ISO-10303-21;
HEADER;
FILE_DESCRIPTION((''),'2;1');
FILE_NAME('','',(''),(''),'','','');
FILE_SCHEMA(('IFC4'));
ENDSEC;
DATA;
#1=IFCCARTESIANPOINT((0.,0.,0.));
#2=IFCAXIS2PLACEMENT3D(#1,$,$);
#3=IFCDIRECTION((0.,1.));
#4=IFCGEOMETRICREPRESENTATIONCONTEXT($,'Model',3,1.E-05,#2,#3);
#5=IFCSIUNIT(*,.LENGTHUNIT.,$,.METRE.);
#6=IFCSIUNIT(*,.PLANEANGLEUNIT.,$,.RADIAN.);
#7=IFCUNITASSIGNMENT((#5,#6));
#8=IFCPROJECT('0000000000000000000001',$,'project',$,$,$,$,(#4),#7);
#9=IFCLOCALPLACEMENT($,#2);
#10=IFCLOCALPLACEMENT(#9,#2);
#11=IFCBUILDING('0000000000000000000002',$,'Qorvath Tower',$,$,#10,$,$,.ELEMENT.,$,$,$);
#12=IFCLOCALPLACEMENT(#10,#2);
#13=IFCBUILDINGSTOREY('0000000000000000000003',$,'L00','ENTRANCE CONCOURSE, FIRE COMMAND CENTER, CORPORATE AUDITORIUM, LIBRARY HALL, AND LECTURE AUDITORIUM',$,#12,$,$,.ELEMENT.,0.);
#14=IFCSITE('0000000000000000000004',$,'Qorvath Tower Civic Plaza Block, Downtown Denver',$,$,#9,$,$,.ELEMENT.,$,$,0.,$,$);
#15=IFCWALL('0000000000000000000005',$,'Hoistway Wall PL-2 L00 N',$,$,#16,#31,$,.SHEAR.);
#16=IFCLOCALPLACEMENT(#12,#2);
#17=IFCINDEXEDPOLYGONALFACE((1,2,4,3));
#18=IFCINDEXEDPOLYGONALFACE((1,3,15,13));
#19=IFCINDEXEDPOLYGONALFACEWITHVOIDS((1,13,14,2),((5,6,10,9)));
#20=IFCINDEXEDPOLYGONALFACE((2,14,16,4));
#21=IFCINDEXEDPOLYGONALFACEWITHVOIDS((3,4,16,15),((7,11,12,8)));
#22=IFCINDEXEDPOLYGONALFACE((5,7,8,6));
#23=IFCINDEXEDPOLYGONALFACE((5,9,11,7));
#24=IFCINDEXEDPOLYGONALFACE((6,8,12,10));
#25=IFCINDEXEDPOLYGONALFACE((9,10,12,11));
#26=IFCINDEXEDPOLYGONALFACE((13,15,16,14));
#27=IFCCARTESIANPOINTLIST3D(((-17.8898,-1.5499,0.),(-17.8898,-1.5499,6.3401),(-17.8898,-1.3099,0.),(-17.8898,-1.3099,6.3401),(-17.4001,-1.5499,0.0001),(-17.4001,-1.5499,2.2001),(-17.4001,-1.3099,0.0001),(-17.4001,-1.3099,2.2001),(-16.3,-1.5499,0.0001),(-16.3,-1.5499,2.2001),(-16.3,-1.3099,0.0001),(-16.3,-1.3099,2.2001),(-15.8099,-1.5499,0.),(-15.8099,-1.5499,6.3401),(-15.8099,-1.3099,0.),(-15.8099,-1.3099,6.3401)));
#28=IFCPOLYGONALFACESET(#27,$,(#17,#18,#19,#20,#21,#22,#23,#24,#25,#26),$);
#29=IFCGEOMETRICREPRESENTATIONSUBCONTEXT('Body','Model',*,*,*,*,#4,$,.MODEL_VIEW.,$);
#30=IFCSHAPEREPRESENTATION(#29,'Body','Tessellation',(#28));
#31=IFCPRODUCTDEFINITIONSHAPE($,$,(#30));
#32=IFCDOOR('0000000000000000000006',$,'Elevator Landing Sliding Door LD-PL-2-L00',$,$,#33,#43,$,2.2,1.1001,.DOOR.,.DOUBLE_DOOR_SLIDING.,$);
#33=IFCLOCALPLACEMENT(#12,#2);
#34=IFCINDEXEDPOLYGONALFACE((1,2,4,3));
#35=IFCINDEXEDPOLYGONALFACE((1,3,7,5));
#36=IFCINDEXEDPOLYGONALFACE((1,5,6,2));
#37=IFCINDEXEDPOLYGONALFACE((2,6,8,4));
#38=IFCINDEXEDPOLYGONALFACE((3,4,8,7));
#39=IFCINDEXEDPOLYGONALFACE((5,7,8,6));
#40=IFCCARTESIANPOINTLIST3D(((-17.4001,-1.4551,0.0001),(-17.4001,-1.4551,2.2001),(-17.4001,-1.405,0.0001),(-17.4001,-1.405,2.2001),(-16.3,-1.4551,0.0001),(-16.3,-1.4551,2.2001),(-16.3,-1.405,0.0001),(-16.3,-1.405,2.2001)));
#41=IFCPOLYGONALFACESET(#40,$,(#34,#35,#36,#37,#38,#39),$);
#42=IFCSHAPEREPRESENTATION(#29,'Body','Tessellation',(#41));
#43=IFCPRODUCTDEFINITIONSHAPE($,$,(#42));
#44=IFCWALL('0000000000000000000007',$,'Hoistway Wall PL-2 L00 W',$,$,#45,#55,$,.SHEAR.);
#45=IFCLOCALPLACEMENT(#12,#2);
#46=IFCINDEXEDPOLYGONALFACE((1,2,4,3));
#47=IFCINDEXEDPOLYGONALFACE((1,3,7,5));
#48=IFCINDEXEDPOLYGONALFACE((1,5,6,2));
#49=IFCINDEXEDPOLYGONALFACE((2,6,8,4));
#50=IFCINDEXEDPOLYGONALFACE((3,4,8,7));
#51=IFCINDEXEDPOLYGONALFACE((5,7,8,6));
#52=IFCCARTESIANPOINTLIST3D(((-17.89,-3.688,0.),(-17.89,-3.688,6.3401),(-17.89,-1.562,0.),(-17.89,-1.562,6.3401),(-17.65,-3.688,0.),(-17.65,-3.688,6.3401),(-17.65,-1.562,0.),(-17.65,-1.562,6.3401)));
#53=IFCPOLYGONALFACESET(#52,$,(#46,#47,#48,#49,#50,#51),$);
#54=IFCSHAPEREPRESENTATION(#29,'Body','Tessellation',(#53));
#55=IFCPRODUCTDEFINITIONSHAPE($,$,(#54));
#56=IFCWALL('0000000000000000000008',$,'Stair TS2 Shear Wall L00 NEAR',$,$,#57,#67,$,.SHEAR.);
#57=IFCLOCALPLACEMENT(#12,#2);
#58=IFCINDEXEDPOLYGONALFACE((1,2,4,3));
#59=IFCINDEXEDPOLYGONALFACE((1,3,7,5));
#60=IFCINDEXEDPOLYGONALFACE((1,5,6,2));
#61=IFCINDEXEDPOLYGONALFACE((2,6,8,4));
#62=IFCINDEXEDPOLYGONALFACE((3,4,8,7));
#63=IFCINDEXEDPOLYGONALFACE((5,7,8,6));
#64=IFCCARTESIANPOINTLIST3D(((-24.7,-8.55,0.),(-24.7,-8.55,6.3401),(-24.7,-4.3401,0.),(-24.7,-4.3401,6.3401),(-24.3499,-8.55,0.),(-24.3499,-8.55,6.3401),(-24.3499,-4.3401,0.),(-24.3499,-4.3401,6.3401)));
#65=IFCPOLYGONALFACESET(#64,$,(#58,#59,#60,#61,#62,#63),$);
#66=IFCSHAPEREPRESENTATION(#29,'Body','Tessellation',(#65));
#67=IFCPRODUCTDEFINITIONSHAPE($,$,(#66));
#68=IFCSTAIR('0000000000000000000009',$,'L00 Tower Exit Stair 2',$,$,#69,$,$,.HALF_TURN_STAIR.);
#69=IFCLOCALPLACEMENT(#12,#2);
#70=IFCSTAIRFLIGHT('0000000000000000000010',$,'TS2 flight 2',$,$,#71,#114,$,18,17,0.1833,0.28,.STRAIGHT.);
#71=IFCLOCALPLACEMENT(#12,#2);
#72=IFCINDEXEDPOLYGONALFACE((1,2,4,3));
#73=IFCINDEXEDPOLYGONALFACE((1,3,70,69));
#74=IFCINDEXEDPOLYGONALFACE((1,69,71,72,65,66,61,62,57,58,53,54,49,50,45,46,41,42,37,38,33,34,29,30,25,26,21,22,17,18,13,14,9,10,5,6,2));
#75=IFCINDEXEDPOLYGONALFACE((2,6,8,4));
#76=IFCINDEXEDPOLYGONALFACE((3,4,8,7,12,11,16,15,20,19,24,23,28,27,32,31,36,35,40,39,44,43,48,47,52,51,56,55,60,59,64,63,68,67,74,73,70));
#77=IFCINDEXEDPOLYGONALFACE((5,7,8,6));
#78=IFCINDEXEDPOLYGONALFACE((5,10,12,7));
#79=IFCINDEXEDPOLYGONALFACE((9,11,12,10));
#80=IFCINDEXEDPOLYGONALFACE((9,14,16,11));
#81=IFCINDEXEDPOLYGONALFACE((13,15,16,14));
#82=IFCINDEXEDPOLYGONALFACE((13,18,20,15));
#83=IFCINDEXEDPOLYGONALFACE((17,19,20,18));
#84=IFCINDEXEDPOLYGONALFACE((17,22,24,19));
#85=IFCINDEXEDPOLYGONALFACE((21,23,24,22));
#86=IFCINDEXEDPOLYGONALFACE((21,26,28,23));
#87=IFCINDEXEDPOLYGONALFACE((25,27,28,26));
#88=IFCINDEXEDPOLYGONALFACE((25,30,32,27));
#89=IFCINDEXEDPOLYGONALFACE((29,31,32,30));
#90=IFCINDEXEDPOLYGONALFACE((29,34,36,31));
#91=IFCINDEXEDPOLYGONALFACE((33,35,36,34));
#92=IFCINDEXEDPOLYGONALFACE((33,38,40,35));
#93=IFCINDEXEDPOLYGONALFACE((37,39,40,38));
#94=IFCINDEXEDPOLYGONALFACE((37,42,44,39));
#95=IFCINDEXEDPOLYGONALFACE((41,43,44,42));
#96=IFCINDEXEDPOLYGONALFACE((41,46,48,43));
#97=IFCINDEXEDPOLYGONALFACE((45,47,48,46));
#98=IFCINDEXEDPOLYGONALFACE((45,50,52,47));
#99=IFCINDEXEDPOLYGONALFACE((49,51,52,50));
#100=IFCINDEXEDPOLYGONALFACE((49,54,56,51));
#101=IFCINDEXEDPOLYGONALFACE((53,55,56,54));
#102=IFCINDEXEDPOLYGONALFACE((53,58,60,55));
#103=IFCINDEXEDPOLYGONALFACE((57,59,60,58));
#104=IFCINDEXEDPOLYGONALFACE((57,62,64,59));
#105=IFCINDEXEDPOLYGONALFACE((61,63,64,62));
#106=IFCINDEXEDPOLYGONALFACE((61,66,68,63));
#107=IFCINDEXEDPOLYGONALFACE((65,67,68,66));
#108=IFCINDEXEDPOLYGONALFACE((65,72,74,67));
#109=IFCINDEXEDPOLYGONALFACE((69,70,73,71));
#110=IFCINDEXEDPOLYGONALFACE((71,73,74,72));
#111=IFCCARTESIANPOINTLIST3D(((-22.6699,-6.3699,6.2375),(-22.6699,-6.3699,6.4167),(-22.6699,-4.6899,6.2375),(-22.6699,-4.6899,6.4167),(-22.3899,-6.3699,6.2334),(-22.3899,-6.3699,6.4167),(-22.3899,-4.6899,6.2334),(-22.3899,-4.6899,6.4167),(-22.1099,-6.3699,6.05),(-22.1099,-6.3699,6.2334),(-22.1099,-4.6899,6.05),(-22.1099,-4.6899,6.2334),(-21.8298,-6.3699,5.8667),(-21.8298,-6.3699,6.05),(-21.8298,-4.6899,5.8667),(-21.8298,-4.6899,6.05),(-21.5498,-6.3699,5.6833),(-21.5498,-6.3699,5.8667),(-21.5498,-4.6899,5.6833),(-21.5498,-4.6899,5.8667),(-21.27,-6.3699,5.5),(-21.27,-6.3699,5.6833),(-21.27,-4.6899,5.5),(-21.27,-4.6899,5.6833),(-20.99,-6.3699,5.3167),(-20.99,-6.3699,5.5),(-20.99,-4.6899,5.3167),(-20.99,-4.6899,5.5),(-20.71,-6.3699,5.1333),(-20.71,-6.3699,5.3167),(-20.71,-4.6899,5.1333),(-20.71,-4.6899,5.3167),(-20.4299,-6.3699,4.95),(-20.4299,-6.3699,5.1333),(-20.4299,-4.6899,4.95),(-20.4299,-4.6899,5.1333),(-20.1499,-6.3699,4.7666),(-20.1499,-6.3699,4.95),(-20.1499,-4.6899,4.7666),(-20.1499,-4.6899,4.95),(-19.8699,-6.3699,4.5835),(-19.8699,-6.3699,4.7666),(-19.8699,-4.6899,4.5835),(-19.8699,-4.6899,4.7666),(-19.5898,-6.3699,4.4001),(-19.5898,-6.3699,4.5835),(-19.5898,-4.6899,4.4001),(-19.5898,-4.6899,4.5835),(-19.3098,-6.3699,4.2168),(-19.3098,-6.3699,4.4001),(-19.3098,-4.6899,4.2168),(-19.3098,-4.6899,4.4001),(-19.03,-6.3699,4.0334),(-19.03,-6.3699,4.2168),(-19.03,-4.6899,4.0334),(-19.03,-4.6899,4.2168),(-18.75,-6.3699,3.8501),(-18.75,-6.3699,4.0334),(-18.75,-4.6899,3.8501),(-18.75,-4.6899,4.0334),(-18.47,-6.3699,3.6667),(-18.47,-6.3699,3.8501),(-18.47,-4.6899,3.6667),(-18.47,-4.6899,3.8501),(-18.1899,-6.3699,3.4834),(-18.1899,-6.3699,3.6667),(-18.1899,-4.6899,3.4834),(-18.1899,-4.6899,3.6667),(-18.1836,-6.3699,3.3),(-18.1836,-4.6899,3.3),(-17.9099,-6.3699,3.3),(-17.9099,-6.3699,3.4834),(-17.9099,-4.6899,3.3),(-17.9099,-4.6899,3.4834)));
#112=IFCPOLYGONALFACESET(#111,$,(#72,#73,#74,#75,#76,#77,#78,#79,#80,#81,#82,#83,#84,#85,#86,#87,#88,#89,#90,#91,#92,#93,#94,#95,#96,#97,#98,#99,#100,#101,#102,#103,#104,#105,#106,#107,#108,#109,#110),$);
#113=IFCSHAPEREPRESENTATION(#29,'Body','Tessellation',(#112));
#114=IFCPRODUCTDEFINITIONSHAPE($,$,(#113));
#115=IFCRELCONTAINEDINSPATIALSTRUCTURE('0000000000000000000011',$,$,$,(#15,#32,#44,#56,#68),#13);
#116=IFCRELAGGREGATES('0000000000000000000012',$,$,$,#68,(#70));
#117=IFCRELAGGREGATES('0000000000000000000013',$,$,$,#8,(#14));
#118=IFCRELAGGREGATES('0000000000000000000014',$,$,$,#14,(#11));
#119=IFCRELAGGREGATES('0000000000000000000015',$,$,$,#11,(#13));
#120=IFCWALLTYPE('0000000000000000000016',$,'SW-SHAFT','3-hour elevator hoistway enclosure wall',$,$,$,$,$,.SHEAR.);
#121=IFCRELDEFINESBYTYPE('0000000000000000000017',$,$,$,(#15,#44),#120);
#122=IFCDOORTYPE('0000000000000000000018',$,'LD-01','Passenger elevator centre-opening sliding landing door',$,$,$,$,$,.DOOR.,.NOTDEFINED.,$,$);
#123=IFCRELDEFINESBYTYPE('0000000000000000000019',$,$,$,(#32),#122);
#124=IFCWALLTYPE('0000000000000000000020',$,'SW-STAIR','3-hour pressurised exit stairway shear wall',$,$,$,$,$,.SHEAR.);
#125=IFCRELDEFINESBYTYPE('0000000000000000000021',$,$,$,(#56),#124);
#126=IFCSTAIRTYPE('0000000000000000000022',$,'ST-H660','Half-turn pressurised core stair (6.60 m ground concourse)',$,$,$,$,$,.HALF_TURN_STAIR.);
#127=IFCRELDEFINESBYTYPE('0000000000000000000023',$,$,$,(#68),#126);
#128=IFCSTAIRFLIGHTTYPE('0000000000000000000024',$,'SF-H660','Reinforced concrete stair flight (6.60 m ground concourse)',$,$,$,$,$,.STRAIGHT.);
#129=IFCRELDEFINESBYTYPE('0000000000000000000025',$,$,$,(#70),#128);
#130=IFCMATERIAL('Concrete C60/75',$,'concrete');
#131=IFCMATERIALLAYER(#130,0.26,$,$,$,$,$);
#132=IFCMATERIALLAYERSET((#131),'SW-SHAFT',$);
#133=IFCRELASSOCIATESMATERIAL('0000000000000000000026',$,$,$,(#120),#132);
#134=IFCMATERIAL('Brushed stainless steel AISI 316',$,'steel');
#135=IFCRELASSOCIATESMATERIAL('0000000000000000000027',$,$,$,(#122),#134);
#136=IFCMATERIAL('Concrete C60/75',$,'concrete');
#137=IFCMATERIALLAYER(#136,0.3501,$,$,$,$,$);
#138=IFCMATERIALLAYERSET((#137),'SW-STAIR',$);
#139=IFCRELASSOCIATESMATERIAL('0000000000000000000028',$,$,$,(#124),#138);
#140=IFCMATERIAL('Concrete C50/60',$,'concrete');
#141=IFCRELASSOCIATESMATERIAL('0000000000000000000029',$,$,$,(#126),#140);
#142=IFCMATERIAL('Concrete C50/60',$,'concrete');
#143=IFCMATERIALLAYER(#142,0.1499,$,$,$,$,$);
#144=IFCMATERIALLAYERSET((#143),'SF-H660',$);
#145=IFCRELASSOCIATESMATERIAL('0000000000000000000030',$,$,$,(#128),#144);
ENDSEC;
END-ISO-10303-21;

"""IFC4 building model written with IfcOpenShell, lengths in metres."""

from ifc_helpers import new_model, si_unit, direction, frame, frame_2d, origin, place, context, subcontext, project, spatial, polyline, rectangle, outline, extrude, material, layer, layer_set, type_object, element, fill, aggregate, save


model = new_model("IFC4")

# Units and contexts
model_context = context("Model", 3, precision=1e-05, world=origin(), true_north=direction((0.0, 1.0)))
body_context = subcontext(model_context, "Body", "Model", "MODEL_VIEW")
ifc_project = project(units=[si_unit("LENGTHUNIT", "METRE"), si_unit("PLANEANGLEUNIT", "RADIAN")], contexts=[model_context])

# Site, building, storey
site_placement = place(None, origin())
site = spatial("IfcSite", under=ifc_project, at=site_placement, Name="Qorvath Tower Civic Plaza Block, Downtown Denver", CompositionType="ELEMENT", RefElevation=0.0)
building_placement = place(site_placement, origin())
building = spatial("IfcBuilding", under=site, at=building_placement, Name="Qorvath Tower", CompositionType="ELEMENT")
storey_placement = place(building_placement, origin())
storey = spatial("IfcBuildingStorey", under=building, at=storey_placement, Name="L00", Description="ENTRANCE CONCOURSE, FIRE COMMAND CENTER, CORPORATE AUDITORIUM, LIBRARY HALL, AND LECTURE AUDITORIUM", CompositionType="ELEMENT", Elevation=0.0)

# Shared definitions
ifc_material_1 = material(Name="Concrete C60/75", Category="concrete")
ifc_layer_1 = layer(ifc_material_1, 0.26)
ifc_layer_set_1 = layer_set([ifc_layer_1], Name="SW-SHAFT")
wall_type_1 = type_object("IfcWallType", Name="SW-SHAFT", Description="3-hour elevator hoistway enclosure wall", PredefinedType="SHEAR", material=ifc_layer_set_1)
ifc_material_2 = material(Name="Brushed stainless steel AISI 316", Category="steel")
door_type_1 = type_object("IfcDoorType", Name="LD-01", Description="Passenger elevator centre-opening sliding landing door", OperationType="NOTDEFINED", PredefinedType="DOOR", material=ifc_material_2)

# Wall, opening, door
wall_1_placement = place(storey_placement, frame((-17.8899, -1.4299, 0.0), z_axis=(0.0, 0.0, 1.0), x_axis=(1.0, 0.0, 0.0)))
wall_1 = element("IfcWall", 1, at=wall_1_placement, inside=storey, type_object=wall_type_1, Name="Hoistway Wall PL-2 L00 N", PredefinedType="SHEAR", context=body_context, shape_type="SweptSolid", body=[
    extrude(rectangle(XDim=2.0798, YDim=0.24, at=frame_2d((1.04, 0.0))), origin(), (0.0, 0.0, 1.0), 6.3401),
])
opening_1_placement = place(wall_1_placement, frame((0.4897, 0.0, 0.0)))
opening_1 = element("IfcOpeningElement", 2, at=opening_1_placement, cuts=wall_1, PredefinedType="OPENING", context=body_context, shape_type="SweptSolid", body=[
    extrude(rectangle(XDim=1.1001, YDim=2.2, at=frame_2d((0.55, 1.1001))), frame((0.0, 0.1299, 0.0), z_axis=(0.0, -1.0, 0.0), x_axis=(1.0, 0.0, 0.0)), (0.0, 0.0, 1.0), 0.26),
])
door_1_placement = place(opening_1_placement, origin())
door_1 = element("IfcDoor", 3, at=door_1_placement, inside=storey, type_object=door_type_1, Name="Elevator Landing Sliding Door LD-PL-2-L00", OperationType="DOUBLE_DOOR_SLIDING", OverallHeight=2.2, OverallWidth=1.1001, PredefinedType="DOOR", context=body_context, shape_type="SweptSolid", body=[
    extrude(rectangle(XDim=1.1001, YDim=2.2, at=frame_2d((0.55, 1.1001))), frame((0.0, 0.0249, 0.0), z_axis=(0.0, -1.0, 0.0), x_axis=(1.0, 0.0, 0.0)), (0.0, 0.0, 1.0), 0.05),
])
fill(opening_1, door_1)

# Walls
wall_2_placement = place(storey_placement, frame((-17.77, -3.688, 0.0), z_axis=(0.0, 0.0, 1.0), x_axis=(0.0, 1.0, 0.0)))
element("IfcWall", 4, at=wall_2_placement, inside=storey, type_object=wall_type_1, Name="Hoistway Wall PL-2 L00 W", PredefinedType="SHEAR", context=body_context, shape_type="SweptSolid", body=[
    extrude(rectangle(XDim=2.126, YDim=0.24, at=frame_2d((1.063, 0.0))), origin(), (0.0, 0.0, 1.0), 6.3401),
])
ifc_material_3 = material(Name="Concrete C60/75", Category="concrete")
ifc_layer_2 = layer(ifc_material_3, 0.3501)
ifc_layer_set_2 = layer_set([ifc_layer_2], Name="SW-STAIR")
wall_type_2 = type_object("IfcWallType", Name="SW-STAIR", Description="3-hour pressurised exit stairway shear wall", PredefinedType="SHEAR", material=ifc_layer_set_2)
wall_3_placement = place(storey_placement, frame((-24.5249, -4.3401, 0.0), z_axis=(0.0, 0.0, 1.0), x_axis=(0.0, -1.0, 0.0)))
element("IfcWall", 5, at=wall_3_placement, inside=storey, type_object=wall_type_2, Name="Stair TS2 Shear Wall L00 NEAR", PredefinedType="SHEAR", context=body_context, shape_type="SweptSolid", body=[
    extrude(rectangle(XDim=4.21, YDim=0.3501, at=frame_2d((2.105, 0.0))), origin(), (0.0, 0.0, 1.0), 6.3401),
])

# Stair, stair flight
ifc_material_4 = material(Name="Concrete C50/60", Category="concrete")
stair_type = type_object("IfcStairType", Name="ST-H660", Description="Half-turn pressurised core stair (6.60 m ground concourse)", PredefinedType="HALF_TURN_STAIR", material=ifc_material_4)
stair_placement = place(storey_placement, origin())
stair = element("IfcStair", 6, at=stair_placement, inside=storey, type_object=stair_type, Name="L00 Tower Exit Stair 2", PredefinedType="HALF_TURN_STAIR")
ifc_material_5 = material(Name="Concrete C50/60", Category="concrete")
ifc_layer_3 = layer(ifc_material_5, 0.1499)
ifc_layer_set_3 = layer_set([ifc_layer_3], Name="SF-H660")
stair_flight_type = type_object("IfcStairFlightType", Name="SF-H660", Description="Reinforced concrete stair flight (6.60 m ground concourse)", PredefinedType="STRAIGHT", material=ifc_layer_set_3)
stair_flight_placement = place(storey_placement, frame((-17.9099, -5.53, 3.3), z_axis=(0.0, 0.0, 1.0), x_axis=(-1.0, 0.0, 0.0)))
stair_flight = element("IfcStairFlight", 7, at=stair_flight_placement, type_object=stair_flight_type, Name="TS2 flight 2", NumberOfRisers=18, NumberOfTreads=17, PredefinedType="STRAIGHT", RiserHeight=0.1833, TreadLength=0.28, context=body_context, shape_type="SweptSolid", body=[
    extrude(outline(polyline([(0.0, 0.0), (0.0, 0.1833), (0.28, 0.1833), (0.28, 0.3667), (0.5601, 0.3667), (0.5601, 0.55), (0.8401, 0.55), (0.8401, 0.7334), (1.1201, 0.7334), (1.1201, 0.9167), (1.3999, 0.9167), (1.3999, 1.1001), (1.6799, 1.1001), (1.6799, 1.2834), (1.96, 1.2834), (1.96, 1.4666), (2.24, 1.4666), (2.24, 1.6499), (2.52, 1.6499), (2.52, 1.8333), (2.8, 1.8333), (2.8, 2.0166), (3.0801, 2.0166), (3.0801, 2.2), (3.3601, 2.2), (3.3601, 2.3833), (3.6399, 2.3833), (3.6399, 2.5667), (3.9199, 2.5667), (3.9199, 2.75), (4.2, 2.75), (4.2, 2.9333), (4.48, 2.9333), (4.48, 3.1167), (4.76, 3.1167), (4.76, 3.3), (4.76, 2.9375), (0.2737, 0.0), (0.0, 0.0)])), frame((0.0, 0.8398, 0.0), z_axis=(0.0, -1.0, 0.0), x_axis=(1.0, 0.0, 0.0)), (0.0, 0.0, 1.0), 1.6799),
])
aggregate(stair, [stair_flight])

save(model, "model.ifc")
